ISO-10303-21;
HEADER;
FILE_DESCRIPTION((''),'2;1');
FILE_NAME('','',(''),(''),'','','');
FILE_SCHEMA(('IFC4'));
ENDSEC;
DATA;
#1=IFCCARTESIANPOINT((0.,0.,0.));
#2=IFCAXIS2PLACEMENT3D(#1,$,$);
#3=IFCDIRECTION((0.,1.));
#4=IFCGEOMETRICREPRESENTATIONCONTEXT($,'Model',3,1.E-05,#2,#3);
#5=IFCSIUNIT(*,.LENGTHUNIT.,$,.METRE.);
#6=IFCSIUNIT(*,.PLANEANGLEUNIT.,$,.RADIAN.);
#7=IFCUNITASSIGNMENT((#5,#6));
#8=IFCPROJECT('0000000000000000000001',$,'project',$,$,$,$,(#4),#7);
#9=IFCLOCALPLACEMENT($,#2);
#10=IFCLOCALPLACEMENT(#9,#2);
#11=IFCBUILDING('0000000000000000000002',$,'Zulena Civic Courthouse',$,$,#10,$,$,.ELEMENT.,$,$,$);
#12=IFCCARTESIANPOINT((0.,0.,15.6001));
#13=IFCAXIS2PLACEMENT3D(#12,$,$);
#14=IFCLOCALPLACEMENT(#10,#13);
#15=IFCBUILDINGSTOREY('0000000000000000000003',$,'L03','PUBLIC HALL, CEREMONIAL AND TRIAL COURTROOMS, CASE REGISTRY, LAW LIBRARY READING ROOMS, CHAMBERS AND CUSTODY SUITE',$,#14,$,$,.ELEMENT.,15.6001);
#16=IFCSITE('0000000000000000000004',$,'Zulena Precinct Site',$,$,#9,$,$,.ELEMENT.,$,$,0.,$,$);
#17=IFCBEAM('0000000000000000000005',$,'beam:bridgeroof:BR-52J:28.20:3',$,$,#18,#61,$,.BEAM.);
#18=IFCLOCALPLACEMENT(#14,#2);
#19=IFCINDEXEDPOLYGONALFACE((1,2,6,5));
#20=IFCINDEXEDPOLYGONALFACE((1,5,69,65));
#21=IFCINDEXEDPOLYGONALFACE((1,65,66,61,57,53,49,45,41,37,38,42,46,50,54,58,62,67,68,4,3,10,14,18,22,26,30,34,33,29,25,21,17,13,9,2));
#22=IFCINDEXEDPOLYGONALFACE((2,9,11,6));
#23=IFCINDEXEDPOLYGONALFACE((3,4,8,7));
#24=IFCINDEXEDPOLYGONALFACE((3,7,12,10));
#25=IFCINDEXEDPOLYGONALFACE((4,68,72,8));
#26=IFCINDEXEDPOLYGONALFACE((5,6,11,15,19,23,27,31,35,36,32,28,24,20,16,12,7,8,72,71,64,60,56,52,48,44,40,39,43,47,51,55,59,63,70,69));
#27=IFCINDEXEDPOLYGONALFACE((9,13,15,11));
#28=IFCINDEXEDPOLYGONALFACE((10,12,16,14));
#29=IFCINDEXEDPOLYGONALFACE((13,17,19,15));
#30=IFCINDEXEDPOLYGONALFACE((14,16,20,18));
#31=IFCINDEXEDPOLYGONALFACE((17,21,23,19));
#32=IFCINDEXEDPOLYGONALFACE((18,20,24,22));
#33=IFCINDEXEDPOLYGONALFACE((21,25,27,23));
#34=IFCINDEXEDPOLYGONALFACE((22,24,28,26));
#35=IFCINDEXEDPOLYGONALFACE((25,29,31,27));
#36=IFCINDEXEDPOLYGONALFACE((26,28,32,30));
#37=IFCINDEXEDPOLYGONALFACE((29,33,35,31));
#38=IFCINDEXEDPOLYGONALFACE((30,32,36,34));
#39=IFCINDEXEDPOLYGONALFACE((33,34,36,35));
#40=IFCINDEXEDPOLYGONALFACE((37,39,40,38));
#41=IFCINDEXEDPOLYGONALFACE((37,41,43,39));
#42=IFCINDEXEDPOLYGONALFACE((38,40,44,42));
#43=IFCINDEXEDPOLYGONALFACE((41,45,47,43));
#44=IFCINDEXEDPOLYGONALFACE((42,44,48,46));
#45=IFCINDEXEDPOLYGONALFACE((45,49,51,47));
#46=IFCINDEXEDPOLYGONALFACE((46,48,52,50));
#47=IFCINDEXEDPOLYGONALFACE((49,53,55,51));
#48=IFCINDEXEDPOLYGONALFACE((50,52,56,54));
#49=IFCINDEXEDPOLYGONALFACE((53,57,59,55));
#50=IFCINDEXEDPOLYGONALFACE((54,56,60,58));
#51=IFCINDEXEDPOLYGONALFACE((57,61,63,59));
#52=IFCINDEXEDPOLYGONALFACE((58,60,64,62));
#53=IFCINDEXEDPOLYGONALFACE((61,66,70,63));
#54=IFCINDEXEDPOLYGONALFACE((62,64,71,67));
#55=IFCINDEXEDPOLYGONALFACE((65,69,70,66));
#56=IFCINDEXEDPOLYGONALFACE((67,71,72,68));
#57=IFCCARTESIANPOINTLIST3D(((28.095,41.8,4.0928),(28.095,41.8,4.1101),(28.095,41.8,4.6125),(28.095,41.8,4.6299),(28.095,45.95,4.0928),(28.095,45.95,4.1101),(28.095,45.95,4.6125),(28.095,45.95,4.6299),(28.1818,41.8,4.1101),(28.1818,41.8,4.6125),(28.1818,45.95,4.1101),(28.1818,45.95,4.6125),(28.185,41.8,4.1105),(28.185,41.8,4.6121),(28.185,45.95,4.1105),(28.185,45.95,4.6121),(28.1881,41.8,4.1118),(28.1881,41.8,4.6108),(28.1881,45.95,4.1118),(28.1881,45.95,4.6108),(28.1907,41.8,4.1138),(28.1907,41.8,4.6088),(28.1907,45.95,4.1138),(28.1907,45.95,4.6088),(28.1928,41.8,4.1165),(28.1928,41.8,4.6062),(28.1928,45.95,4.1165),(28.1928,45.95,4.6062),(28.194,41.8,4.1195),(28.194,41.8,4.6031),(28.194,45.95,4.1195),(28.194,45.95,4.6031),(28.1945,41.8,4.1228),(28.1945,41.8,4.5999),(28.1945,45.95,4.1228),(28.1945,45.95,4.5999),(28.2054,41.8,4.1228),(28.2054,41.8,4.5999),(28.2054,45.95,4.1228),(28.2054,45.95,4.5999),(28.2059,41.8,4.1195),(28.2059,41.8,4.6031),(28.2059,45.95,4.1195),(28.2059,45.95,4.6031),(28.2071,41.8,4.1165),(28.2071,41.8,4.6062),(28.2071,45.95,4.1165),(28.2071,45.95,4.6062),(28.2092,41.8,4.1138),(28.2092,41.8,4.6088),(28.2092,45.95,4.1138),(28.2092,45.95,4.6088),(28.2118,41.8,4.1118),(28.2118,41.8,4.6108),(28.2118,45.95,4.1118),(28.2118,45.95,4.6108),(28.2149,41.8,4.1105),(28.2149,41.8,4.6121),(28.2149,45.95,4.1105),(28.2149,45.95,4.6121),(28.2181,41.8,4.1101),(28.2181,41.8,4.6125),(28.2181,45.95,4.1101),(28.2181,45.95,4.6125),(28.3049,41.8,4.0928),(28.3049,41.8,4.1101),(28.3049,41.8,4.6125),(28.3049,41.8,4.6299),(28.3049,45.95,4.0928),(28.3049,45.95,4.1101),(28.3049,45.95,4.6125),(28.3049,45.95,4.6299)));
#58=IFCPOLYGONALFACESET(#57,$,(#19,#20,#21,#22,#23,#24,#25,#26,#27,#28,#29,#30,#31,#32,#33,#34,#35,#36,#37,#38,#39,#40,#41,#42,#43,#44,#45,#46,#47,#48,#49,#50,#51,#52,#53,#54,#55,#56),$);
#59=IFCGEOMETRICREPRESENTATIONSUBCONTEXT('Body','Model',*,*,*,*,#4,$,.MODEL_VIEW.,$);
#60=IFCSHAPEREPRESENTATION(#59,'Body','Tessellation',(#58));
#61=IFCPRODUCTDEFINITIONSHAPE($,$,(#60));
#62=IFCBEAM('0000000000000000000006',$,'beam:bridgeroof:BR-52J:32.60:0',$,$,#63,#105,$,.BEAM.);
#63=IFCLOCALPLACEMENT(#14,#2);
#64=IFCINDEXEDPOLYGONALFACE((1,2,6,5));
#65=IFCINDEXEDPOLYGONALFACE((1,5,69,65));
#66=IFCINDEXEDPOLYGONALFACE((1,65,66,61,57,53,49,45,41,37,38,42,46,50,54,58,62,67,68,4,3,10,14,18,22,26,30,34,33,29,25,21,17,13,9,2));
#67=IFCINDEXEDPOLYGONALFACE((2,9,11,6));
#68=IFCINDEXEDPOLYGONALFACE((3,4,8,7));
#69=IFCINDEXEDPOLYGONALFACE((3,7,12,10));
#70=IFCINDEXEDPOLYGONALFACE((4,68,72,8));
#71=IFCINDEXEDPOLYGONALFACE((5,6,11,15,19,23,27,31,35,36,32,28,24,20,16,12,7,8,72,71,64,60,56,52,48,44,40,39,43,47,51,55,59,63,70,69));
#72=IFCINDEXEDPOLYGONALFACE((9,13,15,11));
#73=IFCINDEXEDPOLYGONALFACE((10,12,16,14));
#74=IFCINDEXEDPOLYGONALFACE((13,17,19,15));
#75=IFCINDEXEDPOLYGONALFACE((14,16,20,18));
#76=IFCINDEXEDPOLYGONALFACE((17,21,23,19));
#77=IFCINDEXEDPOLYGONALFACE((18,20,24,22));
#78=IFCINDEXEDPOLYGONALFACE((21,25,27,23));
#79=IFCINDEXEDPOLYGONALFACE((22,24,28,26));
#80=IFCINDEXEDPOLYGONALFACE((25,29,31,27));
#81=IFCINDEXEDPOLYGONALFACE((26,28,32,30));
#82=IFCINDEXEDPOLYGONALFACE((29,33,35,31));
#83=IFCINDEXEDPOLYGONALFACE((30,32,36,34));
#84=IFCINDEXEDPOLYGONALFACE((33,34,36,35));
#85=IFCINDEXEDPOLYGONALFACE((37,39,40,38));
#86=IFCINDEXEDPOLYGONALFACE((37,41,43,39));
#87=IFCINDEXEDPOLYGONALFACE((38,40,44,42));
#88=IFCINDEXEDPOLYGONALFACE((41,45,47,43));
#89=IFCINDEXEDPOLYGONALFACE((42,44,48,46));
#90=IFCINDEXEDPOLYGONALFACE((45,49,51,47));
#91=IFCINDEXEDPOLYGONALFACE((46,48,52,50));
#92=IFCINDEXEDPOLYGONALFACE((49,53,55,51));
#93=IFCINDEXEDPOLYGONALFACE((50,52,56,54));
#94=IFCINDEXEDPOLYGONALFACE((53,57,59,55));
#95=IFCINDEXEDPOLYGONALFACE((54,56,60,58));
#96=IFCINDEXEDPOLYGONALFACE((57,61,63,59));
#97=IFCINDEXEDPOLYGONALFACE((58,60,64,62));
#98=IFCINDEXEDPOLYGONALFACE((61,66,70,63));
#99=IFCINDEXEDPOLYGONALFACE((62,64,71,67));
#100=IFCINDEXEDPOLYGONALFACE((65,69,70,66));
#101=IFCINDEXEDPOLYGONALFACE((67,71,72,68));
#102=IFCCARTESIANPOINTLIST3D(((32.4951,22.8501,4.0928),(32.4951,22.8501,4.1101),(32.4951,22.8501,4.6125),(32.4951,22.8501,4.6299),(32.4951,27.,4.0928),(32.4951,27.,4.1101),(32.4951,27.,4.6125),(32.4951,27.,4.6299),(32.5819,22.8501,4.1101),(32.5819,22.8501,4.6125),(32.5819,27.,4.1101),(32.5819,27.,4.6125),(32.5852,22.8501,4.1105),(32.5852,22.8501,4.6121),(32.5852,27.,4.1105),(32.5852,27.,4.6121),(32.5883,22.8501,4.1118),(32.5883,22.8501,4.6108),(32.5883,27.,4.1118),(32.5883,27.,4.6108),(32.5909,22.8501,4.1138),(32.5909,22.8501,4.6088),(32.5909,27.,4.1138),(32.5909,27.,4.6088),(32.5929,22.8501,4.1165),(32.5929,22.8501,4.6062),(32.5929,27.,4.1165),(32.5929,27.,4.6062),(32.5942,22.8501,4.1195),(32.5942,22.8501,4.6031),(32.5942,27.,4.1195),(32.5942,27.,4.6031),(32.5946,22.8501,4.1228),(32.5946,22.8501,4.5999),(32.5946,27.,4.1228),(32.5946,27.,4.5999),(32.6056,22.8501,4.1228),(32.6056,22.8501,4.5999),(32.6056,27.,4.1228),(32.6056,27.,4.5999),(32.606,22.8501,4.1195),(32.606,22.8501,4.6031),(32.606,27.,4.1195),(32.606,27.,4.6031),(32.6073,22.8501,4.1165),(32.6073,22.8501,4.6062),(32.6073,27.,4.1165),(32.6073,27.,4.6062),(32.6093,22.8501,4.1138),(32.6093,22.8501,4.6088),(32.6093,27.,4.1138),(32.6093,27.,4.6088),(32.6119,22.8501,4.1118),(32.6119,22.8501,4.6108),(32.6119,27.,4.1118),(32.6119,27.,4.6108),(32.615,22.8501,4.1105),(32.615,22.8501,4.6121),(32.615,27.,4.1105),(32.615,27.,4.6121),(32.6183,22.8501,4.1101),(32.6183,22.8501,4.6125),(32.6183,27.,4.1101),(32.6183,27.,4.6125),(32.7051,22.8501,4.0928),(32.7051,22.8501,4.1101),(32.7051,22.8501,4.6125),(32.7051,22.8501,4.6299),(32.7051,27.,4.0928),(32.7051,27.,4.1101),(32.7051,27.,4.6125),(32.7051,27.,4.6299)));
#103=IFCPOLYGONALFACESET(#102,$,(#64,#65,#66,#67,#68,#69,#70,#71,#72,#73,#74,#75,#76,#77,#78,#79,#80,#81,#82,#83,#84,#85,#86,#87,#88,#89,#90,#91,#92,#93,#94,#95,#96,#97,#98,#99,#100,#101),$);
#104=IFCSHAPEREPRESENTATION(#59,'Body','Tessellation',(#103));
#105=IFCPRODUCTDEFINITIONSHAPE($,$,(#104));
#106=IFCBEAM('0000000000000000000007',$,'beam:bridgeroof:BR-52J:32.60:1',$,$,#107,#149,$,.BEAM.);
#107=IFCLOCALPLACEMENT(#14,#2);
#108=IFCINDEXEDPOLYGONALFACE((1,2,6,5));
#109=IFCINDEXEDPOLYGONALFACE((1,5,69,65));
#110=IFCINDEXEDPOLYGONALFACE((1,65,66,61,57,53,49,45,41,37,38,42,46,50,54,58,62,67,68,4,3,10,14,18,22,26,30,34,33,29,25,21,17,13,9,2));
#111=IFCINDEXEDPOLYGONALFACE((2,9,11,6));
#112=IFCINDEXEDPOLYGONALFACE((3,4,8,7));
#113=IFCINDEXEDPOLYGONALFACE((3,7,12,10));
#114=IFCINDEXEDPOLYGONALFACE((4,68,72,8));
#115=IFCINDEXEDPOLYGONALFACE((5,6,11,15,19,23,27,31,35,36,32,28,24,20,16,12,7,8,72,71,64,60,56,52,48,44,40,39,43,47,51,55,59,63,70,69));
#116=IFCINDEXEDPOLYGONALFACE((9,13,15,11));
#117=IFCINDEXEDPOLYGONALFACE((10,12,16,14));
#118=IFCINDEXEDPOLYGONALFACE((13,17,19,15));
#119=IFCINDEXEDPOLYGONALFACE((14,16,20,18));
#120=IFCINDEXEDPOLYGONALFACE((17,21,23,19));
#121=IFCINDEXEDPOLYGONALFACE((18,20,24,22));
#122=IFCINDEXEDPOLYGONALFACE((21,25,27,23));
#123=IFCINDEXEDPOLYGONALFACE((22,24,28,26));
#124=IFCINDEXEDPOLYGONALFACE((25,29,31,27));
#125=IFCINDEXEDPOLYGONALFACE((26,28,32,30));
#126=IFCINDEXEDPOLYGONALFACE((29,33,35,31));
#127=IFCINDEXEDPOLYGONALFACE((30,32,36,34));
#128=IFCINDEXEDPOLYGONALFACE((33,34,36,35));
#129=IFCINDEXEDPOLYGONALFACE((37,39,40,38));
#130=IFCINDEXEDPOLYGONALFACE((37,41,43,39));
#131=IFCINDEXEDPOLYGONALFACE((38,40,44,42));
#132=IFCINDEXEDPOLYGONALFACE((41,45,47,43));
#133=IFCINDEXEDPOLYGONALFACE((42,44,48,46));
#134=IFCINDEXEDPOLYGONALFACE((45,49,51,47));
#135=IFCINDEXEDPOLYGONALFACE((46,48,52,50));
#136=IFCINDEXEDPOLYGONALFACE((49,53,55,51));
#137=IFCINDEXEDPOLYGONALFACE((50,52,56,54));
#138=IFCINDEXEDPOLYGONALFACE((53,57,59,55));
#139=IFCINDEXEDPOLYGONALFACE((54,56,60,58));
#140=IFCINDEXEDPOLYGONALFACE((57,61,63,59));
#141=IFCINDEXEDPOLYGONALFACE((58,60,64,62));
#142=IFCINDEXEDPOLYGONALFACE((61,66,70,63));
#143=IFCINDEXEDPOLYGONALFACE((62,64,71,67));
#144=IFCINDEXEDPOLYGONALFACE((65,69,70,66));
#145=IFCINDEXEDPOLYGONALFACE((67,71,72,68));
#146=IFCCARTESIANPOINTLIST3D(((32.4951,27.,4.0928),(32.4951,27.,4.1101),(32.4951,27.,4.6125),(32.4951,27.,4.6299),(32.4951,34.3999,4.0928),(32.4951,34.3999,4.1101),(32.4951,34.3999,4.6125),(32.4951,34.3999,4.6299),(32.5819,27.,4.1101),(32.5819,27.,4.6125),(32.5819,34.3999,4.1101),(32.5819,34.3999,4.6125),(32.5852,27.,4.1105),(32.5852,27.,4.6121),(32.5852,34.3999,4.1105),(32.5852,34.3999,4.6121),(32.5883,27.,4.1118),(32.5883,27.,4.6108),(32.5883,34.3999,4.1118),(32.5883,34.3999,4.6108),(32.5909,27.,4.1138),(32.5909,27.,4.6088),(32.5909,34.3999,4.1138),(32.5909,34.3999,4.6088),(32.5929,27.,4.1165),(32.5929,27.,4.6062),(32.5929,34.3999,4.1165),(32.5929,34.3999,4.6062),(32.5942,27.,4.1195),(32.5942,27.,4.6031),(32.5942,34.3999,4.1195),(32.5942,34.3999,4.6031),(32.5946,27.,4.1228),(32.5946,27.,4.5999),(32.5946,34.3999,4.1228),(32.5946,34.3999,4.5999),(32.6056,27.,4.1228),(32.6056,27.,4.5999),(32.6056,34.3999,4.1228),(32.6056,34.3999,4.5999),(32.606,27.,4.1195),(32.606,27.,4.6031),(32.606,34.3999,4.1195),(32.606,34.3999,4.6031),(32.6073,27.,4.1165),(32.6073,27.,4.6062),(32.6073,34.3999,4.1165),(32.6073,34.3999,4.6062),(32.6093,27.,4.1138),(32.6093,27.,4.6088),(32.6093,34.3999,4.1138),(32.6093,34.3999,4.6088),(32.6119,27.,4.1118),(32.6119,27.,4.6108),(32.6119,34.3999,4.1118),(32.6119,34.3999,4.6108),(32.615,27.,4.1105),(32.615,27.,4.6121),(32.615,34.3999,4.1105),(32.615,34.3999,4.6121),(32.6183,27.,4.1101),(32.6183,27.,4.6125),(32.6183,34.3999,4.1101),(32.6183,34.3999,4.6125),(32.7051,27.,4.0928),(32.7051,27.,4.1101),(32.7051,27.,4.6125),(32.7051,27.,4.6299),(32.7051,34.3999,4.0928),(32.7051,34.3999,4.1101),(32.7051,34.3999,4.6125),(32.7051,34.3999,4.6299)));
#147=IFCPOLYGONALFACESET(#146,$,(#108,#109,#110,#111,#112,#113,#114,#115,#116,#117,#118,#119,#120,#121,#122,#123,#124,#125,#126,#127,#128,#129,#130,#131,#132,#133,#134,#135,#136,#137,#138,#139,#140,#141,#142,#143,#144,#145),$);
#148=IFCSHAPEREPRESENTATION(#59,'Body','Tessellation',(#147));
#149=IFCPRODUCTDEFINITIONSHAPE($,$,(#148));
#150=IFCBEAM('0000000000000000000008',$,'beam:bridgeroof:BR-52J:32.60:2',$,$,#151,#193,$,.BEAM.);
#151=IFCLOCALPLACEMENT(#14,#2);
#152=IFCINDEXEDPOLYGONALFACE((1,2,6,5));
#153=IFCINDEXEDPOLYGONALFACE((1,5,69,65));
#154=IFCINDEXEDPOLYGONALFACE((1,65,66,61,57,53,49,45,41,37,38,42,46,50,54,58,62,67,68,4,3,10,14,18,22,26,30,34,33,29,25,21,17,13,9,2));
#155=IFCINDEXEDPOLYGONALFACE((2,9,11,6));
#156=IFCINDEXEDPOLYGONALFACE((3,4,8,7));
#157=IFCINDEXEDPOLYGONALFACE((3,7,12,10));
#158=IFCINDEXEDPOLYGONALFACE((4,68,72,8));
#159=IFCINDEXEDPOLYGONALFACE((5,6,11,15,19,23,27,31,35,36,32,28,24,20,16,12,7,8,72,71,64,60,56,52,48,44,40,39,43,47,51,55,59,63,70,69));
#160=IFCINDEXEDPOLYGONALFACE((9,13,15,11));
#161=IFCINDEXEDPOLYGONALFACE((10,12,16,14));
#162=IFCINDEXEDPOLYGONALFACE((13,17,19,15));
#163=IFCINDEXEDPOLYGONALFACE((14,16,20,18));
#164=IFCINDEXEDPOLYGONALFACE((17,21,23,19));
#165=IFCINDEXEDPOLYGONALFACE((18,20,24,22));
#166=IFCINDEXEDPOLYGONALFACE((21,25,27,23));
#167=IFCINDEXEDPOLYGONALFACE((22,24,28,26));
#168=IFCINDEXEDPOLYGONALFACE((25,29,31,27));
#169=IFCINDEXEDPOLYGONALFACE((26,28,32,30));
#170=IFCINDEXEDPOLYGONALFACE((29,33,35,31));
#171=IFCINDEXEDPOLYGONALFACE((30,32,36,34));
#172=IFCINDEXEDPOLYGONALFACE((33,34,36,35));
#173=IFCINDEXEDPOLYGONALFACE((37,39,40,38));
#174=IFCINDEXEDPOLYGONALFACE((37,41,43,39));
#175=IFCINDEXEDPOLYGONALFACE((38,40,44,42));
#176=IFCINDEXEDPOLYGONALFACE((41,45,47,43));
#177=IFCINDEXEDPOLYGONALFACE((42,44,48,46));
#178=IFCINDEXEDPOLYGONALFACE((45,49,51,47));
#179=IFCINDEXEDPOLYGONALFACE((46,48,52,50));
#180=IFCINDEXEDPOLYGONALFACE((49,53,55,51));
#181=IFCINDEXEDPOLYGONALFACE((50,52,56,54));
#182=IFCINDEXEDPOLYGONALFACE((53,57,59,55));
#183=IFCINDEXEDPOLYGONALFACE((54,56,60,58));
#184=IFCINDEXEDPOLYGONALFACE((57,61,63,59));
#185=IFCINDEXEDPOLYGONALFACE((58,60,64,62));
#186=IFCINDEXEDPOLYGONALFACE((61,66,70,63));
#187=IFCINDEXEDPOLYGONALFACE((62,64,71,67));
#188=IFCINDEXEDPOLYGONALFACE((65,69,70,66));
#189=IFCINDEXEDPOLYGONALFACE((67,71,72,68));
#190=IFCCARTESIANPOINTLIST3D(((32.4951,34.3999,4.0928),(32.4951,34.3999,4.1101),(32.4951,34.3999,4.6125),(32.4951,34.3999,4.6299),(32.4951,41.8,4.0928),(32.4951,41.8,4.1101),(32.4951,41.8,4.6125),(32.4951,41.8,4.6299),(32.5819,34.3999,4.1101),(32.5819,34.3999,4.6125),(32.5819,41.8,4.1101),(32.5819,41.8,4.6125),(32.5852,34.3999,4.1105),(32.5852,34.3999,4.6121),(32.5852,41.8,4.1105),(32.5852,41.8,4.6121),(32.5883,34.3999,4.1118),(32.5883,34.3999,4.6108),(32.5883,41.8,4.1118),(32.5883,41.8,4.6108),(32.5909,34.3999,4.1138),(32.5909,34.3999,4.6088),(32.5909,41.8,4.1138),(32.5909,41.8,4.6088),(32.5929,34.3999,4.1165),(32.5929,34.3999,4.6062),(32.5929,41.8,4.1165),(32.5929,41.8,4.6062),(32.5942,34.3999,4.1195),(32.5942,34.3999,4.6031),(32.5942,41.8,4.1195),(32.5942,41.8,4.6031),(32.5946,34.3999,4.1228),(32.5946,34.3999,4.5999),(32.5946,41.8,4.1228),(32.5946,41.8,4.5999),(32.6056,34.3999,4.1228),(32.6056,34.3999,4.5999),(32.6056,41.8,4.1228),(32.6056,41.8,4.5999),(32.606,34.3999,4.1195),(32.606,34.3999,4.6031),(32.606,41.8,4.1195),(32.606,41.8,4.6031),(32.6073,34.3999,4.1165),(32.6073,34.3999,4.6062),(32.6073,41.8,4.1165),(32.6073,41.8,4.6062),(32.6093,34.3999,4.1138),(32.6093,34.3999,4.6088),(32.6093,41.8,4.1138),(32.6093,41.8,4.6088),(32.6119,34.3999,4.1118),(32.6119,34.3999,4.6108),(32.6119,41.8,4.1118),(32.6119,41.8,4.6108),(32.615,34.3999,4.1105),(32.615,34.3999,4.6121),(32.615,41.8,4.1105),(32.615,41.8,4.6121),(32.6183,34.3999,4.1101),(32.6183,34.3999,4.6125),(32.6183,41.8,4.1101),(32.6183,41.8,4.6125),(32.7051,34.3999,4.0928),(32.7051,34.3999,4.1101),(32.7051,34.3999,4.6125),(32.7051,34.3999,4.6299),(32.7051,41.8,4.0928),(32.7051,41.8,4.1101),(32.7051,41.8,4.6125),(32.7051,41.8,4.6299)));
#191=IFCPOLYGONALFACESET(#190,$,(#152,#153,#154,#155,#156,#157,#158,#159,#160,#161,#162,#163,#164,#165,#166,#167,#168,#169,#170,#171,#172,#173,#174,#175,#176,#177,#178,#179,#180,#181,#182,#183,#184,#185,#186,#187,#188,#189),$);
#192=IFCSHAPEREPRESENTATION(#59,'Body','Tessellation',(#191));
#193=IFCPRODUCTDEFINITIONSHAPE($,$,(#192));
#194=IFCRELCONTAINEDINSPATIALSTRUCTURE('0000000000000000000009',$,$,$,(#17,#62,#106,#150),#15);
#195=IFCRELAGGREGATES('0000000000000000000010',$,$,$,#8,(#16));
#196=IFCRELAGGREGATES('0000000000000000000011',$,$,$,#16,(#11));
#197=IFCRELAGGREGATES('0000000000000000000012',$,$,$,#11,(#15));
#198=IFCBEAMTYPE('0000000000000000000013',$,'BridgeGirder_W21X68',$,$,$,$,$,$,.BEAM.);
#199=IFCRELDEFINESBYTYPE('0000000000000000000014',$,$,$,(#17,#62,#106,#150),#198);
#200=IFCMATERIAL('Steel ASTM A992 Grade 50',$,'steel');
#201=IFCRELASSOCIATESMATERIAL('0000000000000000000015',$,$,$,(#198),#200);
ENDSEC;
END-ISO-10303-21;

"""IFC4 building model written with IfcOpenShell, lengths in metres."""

from ifc_helpers import new_model, si_unit, direction, frame, origin, origin_2d, place, context, subcontext, project, spatial, i_section, extrude, material, material_profile, profile_set, type_object, element, save


model = new_model("IFC4")

# Units and contexts
model_context = context("Model", 3, precision=1e-05, world=origin(), true_north=direction((0.0, 1.0)))
body_context = subcontext(model_context, "Body", "Model", "MODEL_VIEW")
ifc_project = project(units=[si_unit("LENGTHUNIT", "METRE"), si_unit("PLANEANGLEUNIT", "RADIAN")], contexts=[model_context])

# Site, building, storey
site_placement = place(None, origin())
site = spatial("IfcSite", under=ifc_project, at=site_placement, Name="Zulena Precinct Site", CompositionType="ELEMENT", RefElevation=0.0)
building_placement = place(site_placement, origin())
building = spatial("IfcBuilding", under=site, at=building_placement, Name="Zulena Civic Courthouse", CompositionType="ELEMENT")
storey_placement = place(building_placement, frame((0.0, 0.0, 15.6001)))
storey = spatial("IfcBuildingStorey", under=building, at=storey_placement, Name="L03", Description="PUBLIC HALL, CEREMONIAL AND TRIAL COURTROOMS, CASE REGISTRY, LAW LIBRARY READING ROOMS, CHAMBERS AND CUSTODY SUITE", CompositionType="ELEMENT", Elevation=15.6001)

# Shared definitions
ifc_material_1 = material(Name="Steel ASTM A992 Grade 50", Category="steel")

# Beams
ifc_material_profile_1 = material_profile(ifc_material_1, i_section(OverallWidth=0.21, OverallDepth=0.5371, WebThickness=0.011, FlangeThickness=0.0173, FilletRadius=0.0127, at=origin_2d()), Name="W21X68")
ifc_profile_set_1 = profile_set([ifc_material_profile_1], Name="Steel ASTM A992 Grade 50")
beam_type_1 = type_object("IfcBeamType", Name="BridgeGirder_W21X68", PredefinedType="BEAM", material=ifc_profile_set_1)
for number, where, z_axis, x_axis, name in (
    (1, (28.2, 41.8, 4.3613), (0.0, 1.0, 0.0), (-1.0, 0.0, 0.0), "beam:bridgeroof:BR-52J:28.20:3"),
    (2, (32.6001, 22.8501, 4.3613), (0.0, 1.0, 0.0), (-1.0, 0.0, 0.0), "beam:bridgeroof:BR-52J:32.60:0"),
):
    element("IfcBeam", number, at=place(storey_placement, frame(where, z_axis=z_axis, x_axis=x_axis)), inside=storey, type_object=beam_type_1, Name=name, PredefinedType="BEAM", context=body_context, shape_type="SweptSolid", body=[
        extrude(i_section(OverallWidth=0.21, OverallDepth=0.5371, WebThickness=0.011, FlangeThickness=0.0173, FilletRadius=0.0127, at=origin_2d()), origin(), (0.0, 0.0, 1.0), 4.1499),
    ])
beam_1_placement = place(storey_placement, frame((32.6001, 27.0, 4.3613), z_axis=(0.0, 1.0, 0.0), x_axis=(-1.0, 0.0, 0.0)))
element("IfcBeam", 3, at=beam_1_placement, inside=storey, type_object=beam_type_1, Name="beam:bridgeroof:BR-52J:32.60:1", PredefinedType="BEAM", context=body_context, shape_type="SweptSolid", body=[
    extrude(i_section(OverallWidth=0.21, OverallDepth=0.5371, WebThickness=0.011, FlangeThickness=0.0173, FilletRadius=0.0127, at=origin_2d()), origin(), (0.0, 0.0, 1.0), 7.3999),
])
beam_2_placement = place(storey_placement, frame((32.6001, 34.3999, 4.3613), z_axis=(0.0, 1.0, 0.0), x_axis=(-1.0, 0.0, 0.0)))
element("IfcBeam", 4, at=beam_2_placement, inside=storey, type_object=beam_type_1, Name="beam:bridgeroof:BR-52J:32.60:2", PredefinedType="BEAM", context=body_context, shape_type="SweptSolid", body=[
    extrude(i_section(OverallWidth=0.21, OverallDepth=0.5371, WebThickness=0.011, FlangeThickness=0.0173, FilletRadius=0.0127, at=origin_2d()), origin(), (0.0, 0.0, 1.0), 7.4001),
])

save(model, "model.ifc")
